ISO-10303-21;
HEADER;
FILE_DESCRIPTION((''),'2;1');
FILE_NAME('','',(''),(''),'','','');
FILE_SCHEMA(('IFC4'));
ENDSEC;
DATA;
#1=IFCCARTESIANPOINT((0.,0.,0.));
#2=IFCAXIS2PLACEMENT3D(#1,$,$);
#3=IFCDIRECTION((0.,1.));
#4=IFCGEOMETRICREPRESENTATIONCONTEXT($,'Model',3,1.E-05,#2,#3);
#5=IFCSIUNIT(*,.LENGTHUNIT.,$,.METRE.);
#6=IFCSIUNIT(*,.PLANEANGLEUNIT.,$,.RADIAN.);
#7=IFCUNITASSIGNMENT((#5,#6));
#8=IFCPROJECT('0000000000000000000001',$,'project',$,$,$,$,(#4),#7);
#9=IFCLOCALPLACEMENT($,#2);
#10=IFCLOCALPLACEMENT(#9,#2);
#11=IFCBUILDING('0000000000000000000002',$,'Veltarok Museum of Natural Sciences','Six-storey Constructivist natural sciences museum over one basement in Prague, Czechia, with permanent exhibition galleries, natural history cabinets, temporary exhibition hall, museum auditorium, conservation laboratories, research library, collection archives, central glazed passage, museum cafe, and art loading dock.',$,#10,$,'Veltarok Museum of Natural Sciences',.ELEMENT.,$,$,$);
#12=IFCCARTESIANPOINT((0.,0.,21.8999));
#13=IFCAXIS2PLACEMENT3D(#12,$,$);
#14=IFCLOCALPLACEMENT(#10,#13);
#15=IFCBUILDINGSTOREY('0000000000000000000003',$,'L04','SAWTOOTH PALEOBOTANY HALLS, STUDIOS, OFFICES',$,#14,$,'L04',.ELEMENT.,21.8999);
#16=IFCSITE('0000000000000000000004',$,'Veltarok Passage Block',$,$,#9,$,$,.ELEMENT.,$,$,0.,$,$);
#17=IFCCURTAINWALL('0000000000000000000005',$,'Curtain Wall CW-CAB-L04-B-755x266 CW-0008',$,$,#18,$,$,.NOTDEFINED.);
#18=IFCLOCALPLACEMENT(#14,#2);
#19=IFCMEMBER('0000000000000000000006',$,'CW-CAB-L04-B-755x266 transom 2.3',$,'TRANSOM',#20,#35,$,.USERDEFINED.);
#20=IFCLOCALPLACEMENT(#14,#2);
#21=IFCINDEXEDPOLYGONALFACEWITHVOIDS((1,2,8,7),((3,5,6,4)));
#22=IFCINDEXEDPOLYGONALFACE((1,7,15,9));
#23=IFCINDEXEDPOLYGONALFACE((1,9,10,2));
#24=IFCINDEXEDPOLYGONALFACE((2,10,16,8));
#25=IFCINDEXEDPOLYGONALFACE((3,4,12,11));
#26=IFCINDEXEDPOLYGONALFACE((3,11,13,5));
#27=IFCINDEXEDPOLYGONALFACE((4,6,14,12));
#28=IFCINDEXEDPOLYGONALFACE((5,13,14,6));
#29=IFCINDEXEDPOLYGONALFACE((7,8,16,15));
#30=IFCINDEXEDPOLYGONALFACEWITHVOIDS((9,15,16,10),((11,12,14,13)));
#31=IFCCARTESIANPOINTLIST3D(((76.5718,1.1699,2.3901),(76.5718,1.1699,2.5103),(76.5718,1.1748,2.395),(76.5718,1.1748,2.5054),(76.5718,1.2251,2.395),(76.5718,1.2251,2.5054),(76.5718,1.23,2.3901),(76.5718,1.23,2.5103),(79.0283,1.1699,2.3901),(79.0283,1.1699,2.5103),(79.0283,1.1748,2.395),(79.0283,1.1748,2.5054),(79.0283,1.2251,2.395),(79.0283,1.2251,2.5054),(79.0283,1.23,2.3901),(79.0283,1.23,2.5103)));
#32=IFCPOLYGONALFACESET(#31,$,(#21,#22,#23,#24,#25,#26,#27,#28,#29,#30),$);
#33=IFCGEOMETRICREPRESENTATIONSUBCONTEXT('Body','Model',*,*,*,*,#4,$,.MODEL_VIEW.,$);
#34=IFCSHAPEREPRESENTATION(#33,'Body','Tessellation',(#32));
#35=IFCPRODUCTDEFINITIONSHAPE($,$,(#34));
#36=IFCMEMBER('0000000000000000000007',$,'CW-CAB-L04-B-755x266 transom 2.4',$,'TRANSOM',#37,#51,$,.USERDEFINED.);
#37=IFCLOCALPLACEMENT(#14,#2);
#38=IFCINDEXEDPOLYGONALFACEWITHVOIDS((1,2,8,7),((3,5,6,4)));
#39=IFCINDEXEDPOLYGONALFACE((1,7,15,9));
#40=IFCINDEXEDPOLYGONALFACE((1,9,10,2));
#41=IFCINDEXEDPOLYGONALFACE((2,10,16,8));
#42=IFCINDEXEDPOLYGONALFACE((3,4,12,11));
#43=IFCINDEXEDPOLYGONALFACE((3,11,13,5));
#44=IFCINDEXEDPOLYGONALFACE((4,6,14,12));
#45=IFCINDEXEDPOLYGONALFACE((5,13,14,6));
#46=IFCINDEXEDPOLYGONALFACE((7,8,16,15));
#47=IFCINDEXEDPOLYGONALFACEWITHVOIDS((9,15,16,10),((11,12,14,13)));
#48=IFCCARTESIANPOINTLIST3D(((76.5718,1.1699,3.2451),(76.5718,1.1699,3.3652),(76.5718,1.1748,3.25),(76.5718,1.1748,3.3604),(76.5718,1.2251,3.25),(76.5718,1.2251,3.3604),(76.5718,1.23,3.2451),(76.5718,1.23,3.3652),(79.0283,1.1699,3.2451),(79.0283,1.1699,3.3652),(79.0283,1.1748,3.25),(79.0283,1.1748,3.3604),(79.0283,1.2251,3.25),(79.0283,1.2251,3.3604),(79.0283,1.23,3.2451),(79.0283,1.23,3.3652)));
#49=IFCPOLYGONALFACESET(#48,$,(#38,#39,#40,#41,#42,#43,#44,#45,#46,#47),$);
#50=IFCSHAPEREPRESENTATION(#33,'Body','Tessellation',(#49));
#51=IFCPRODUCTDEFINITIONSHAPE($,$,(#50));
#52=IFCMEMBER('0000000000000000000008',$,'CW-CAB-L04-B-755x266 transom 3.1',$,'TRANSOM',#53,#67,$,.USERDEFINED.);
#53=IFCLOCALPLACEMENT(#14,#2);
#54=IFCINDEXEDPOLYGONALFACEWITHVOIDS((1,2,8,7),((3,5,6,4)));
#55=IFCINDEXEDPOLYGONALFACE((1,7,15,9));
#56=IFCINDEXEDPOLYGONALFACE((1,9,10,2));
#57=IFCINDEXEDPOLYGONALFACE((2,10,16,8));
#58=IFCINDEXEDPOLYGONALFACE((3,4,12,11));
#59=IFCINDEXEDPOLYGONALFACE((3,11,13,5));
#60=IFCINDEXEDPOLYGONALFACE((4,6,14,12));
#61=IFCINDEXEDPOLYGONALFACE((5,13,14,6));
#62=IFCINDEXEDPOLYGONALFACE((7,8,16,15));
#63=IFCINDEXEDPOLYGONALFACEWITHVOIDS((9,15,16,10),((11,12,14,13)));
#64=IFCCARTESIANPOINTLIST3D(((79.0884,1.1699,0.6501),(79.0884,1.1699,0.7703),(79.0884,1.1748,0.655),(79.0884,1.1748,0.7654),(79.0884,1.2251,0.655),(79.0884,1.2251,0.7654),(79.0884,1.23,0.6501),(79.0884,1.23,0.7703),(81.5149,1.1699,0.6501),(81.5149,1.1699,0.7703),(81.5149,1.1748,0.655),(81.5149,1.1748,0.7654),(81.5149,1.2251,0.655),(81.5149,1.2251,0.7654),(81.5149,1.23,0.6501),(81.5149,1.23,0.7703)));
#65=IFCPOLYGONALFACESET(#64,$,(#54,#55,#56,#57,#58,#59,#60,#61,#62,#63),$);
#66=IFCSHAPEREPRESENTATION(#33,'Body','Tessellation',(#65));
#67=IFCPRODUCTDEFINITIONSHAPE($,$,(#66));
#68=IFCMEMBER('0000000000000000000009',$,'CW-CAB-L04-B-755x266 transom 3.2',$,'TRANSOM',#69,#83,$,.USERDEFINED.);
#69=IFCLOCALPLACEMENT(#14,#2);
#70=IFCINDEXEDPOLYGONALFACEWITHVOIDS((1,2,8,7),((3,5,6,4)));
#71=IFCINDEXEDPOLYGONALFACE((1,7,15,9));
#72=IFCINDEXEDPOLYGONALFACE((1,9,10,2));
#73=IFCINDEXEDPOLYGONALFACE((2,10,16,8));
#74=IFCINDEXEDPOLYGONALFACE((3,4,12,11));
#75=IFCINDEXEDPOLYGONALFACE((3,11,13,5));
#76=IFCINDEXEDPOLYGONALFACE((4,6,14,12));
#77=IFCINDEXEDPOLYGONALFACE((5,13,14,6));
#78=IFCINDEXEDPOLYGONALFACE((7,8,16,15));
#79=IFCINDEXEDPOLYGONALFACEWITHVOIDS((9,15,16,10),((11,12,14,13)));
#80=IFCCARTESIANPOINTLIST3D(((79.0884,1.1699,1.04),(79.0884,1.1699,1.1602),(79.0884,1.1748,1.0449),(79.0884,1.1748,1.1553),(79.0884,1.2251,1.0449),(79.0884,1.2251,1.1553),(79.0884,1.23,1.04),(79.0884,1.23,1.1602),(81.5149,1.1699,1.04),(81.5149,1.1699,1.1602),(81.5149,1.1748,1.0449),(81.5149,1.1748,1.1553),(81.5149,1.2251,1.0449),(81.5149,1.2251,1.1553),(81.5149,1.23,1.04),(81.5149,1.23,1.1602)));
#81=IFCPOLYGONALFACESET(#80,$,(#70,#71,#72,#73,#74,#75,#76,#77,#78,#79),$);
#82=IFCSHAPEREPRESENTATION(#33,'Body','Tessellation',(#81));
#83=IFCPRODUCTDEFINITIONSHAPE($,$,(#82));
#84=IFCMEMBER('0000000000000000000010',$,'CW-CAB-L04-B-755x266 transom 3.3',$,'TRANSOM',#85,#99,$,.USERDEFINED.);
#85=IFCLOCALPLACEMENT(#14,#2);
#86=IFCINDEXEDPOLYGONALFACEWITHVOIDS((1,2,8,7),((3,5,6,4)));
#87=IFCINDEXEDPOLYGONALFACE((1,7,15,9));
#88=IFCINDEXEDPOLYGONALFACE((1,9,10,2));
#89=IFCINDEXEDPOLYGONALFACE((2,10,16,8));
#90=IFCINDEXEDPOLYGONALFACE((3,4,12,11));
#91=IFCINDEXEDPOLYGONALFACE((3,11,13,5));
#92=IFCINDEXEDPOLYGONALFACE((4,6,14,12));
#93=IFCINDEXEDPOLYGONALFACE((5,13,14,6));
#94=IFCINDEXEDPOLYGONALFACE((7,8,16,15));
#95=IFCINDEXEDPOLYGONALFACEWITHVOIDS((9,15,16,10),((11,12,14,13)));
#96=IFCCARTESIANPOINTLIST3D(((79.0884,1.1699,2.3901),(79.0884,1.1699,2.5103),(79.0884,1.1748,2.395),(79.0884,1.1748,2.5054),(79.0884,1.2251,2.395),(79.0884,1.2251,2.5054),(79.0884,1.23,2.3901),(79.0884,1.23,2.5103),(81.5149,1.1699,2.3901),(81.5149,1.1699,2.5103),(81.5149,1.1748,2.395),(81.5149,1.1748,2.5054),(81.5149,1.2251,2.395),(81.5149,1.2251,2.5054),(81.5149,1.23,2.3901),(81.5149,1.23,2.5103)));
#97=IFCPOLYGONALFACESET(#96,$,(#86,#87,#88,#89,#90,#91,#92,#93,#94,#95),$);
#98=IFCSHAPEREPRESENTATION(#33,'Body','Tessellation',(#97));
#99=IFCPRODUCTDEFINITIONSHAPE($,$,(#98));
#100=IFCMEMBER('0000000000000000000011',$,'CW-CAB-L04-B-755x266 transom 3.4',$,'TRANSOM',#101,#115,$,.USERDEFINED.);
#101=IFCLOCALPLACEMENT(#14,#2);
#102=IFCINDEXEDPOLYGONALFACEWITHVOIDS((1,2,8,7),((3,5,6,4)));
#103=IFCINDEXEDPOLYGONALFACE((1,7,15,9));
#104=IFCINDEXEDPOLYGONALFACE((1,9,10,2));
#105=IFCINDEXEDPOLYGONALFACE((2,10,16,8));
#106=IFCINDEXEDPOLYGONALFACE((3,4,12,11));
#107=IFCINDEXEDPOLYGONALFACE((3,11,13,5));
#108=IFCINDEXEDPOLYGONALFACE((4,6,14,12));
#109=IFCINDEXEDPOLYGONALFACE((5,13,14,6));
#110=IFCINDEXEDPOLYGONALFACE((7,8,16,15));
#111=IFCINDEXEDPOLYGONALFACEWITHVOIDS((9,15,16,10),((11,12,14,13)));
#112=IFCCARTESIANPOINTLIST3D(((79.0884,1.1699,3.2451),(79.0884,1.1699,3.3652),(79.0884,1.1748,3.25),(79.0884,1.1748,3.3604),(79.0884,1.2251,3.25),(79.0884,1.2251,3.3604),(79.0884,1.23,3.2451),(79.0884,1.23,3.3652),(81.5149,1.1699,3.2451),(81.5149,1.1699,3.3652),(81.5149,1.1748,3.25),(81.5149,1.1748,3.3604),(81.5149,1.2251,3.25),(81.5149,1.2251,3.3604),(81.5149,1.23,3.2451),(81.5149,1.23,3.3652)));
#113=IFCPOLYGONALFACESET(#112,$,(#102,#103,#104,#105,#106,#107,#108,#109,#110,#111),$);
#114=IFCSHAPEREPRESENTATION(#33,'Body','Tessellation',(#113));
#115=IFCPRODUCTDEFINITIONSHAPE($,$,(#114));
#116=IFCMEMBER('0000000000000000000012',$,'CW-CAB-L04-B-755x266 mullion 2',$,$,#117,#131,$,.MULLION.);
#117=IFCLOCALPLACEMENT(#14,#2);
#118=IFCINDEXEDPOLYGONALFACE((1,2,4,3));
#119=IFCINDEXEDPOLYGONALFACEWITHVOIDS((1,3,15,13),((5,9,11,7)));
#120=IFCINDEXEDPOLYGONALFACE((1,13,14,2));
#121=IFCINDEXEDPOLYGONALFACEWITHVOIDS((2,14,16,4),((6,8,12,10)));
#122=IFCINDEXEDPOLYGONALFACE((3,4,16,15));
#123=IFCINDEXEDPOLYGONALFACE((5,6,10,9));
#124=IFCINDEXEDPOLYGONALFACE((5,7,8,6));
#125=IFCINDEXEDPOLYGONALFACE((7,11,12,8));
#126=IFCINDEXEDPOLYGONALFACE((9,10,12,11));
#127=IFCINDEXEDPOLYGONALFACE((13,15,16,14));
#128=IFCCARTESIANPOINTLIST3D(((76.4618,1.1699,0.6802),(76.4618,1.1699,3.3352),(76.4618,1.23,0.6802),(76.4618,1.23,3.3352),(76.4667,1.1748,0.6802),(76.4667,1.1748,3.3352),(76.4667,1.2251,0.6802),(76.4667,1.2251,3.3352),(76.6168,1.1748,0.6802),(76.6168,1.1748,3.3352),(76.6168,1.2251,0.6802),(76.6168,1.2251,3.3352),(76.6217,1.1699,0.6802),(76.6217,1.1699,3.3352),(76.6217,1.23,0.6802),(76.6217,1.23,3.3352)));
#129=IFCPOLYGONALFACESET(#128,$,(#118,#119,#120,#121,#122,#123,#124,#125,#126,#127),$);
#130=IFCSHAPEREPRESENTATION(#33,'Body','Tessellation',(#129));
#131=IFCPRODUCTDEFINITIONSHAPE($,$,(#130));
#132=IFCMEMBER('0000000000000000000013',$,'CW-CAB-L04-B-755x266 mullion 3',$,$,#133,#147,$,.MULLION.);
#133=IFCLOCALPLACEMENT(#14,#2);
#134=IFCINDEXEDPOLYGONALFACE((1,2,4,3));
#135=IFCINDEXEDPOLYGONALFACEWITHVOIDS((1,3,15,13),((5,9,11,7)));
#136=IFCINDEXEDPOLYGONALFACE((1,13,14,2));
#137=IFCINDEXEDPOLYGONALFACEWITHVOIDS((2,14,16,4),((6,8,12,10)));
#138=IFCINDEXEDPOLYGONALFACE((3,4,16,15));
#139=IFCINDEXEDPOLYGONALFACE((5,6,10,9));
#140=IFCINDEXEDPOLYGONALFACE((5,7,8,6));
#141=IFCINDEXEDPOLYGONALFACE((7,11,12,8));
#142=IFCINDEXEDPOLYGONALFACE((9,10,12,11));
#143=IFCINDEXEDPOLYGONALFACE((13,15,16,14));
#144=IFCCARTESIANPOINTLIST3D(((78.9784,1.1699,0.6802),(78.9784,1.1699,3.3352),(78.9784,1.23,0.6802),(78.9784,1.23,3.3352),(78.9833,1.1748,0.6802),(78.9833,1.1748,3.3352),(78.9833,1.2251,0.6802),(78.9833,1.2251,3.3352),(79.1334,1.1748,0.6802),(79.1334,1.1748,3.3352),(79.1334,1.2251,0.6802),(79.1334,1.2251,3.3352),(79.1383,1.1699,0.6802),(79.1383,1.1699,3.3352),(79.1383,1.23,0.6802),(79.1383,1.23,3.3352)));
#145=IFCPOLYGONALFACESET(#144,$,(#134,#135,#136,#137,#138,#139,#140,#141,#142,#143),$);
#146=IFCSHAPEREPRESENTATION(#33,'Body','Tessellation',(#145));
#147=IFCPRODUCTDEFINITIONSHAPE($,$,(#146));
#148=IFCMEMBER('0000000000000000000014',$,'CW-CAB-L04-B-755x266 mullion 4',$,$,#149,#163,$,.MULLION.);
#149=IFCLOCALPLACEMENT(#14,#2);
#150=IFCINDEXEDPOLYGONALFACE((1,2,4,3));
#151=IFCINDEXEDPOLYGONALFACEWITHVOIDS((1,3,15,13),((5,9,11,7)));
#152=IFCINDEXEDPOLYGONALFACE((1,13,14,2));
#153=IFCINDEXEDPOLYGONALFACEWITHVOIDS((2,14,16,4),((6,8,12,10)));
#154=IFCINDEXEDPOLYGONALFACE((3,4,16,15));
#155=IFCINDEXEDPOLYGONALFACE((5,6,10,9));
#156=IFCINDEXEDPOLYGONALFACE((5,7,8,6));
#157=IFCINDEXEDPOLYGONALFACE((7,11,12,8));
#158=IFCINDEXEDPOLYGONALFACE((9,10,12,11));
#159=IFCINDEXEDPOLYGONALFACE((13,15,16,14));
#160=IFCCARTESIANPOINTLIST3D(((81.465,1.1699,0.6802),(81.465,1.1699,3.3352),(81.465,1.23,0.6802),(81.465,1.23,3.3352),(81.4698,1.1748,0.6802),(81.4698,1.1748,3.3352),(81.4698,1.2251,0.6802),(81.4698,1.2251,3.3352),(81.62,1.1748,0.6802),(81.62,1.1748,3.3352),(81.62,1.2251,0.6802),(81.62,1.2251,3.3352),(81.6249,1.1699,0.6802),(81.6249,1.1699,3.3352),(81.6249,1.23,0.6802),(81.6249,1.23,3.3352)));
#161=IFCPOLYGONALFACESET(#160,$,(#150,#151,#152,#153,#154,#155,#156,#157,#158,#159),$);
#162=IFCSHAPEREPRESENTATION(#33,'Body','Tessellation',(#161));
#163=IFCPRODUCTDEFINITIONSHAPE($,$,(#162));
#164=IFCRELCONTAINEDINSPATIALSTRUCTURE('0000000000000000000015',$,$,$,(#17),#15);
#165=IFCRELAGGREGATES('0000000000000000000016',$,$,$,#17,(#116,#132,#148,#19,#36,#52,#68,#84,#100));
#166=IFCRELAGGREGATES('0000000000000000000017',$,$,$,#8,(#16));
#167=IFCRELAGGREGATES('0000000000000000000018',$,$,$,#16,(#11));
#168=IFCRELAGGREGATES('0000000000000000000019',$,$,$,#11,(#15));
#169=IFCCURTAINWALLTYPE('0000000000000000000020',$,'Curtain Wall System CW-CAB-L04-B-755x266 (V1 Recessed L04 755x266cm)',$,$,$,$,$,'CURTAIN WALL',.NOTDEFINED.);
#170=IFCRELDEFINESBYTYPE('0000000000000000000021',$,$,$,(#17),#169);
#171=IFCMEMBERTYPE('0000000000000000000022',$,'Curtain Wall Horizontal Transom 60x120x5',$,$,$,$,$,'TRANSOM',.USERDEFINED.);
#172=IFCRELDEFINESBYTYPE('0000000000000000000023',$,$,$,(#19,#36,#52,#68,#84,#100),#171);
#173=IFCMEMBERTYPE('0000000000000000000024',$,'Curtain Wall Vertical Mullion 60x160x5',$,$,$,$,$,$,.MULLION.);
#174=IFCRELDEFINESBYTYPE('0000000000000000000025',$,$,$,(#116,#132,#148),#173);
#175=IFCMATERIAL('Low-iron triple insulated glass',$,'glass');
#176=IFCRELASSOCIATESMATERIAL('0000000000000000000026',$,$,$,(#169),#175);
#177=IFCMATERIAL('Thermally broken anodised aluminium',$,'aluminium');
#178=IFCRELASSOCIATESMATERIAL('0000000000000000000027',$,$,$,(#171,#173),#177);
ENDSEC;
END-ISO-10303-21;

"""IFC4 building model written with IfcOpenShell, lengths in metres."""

from ifc_helpers import new_model, si_unit, direction, frame, origin, origin_2d, place, context, subcontext, project, spatial, hollow_rectangle, extrude, material, material_profile, profile_set, type_object, element, aggregate, save


model = new_model("IFC4")

# Units and contexts
model_context = context("Model", 3, precision=1e-05, world=origin(), true_north=direction((0.0, 1.0)))
body_context = subcontext(model_context, "Body", "Model", "MODEL_VIEW")
ifc_project = project(units=[si_unit("LENGTHUNIT", "METRE"), si_unit("PLANEANGLEUNIT", "RADIAN")], contexts=[model_context])

# Site, building, storey
site_placement = place(None, origin())
site = spatial("IfcSite", under=ifc_project, at=site_placement, Name="Veltarok Passage Block", CompositionType="ELEMENT", RefElevation=0.0)
building_placement = place(site_placement, origin())
building = spatial("IfcBuilding", under=site, at=building_placement, Name="Veltarok Museum of Natural Sciences", Description="Six-storey Constructivist natural sciences museum over one basement in Prague, Czechia, with permanent exhibition galleries, natural history cabinets, temporary exhibition hall, museum auditorium, conservation laboratories, research library, collection archives, central glazed passage, museum cafe, and art loading dock.", LongName="Veltarok Museum of Natural Sciences", CompositionType="ELEMENT")
storey_placement = place(building_placement, frame((0.0, 0.0, 21.8999)))
storey = spatial("IfcBuildingStorey", under=building, at=storey_placement, Name="L04", Description="SAWTOOTH PALEOBOTANY HALLS, STUDIOS, OFFICES", LongName="L04", CompositionType="ELEMENT", Elevation=21.8999)

# Curtain wall, members
ifc_material_1 = material(Name="Low-iron triple insulated glass", Category="glass")
curtain_wall_type = type_object("IfcCurtainWallType", Name="Curtain Wall System CW-CAB-L04-B-755x266 (V1 Recessed L04 755x266cm)", ElementType="CURTAIN WALL", PredefinedType="NOTDEFINED", material=ifc_material_1)
curtain_wall_placement = place(storey_placement, origin())
curtain_wall = element("IfcCurtainWall", 1, at=curtain_wall_placement, inside=storey, type_object=curtain_wall_type, Name="Curtain Wall CW-CAB-L04-B-755x266 CW-0008", PredefinedType="NOTDEFINED")
ifc_material_2 = material(Name="Thermally broken anodised aluminium", Category="aluminium")
ifc_material_profile_1 = material_profile(ifc_material_2, hollow_rectangle(XDim=0.0601, YDim=0.1201, WallThickness=0.0049, at=origin_2d()), Name="CW TRANSOM 60x120x5")
ifc_profile_set_1 = profile_set([ifc_material_profile_1], Name="Thermally broken anodised aluminium")
member_type_1 = type_object("IfcMemberType", Name="Curtain Wall Horizontal Transom 60x120x5", ElementType="TRANSOM", PredefinedType="USERDEFINED", material=ifc_profile_set_1)
member_1_placement = place(storey_placement, frame((76.5718, 1.2, 2.4502), z_axis=(1.0, 0.0, 0.0), x_axis=(0.0, 1.0, 0.0)))
member_1 = element("IfcMember", 2, at=member_1_placement, type_object=member_type_1, Name="CW-CAB-L04-B-755x266 transom 2.3", ObjectType="TRANSOM", PredefinedType="USERDEFINED", context=body_context, shape_type="SweptSolid", body=[
    extrude(hollow_rectangle(XDim=0.0601, YDim=0.1201, WallThickness=0.0049, at=origin_2d()), origin(), (0.0, 0.0, 1.0), 2.4565),
])
member_2_placement = place(storey_placement, frame((76.5718, 1.2, 3.3052), z_axis=(1.0, 0.0, 0.0), x_axis=(0.0, 1.0, 0.0)))
member_2 = element("IfcMember", 3, at=member_2_placement, type_object=member_type_1, Name="CW-CAB-L04-B-755x266 transom 2.4", ObjectType="TRANSOM", PredefinedType="USERDEFINED", context=body_context, shape_type="SweptSolid", body=[
    extrude(hollow_rectangle(XDim=0.0601, YDim=0.1201, WallThickness=0.0049, at=origin_2d()), origin(), (0.0, 0.0, 1.0), 2.4565),
])
member_3_placement = place(storey_placement, frame((79.0884, 1.2, 0.7102), z_axis=(1.0, 0.0, 0.0), x_axis=(0.0, 1.0, 0.0)))
member_3 = element("IfcMember", 4, at=member_3_placement, type_object=member_type_1, Name="CW-CAB-L04-B-755x266 transom 3.1", ObjectType="TRANSOM", PredefinedType="USERDEFINED", context=body_context, shape_type="SweptSolid", body=[
    extrude(hollow_rectangle(XDim=0.0601, YDim=0.1201, WallThickness=0.0049, at=origin_2d()), origin(), (0.0, 0.0, 1.0), 2.4265),
])
member_4_placement = place(storey_placement, frame((79.0884, 1.2, 1.1001), z_axis=(1.0, 0.0, 0.0), x_axis=(0.0, 1.0, 0.0)))
member_4 = element("IfcMember", 5, at=member_4_placement, type_object=member_type_1, Name="CW-CAB-L04-B-755x266 transom 3.2", ObjectType="TRANSOM", PredefinedType="USERDEFINED", context=body_context, shape_type="SweptSolid", body=[
    extrude(hollow_rectangle(XDim=0.0601, YDim=0.1201, WallThickness=0.0049, at=origin_2d()), origin(), (0.0, 0.0, 1.0), 2.4265),
])
member_5_placement = place(storey_placement, frame((79.0884, 1.2, 2.4502), z_axis=(1.0, 0.0, 0.0), x_axis=(0.0, 1.0, 0.0)))
member_5 = element("IfcMember", 6, at=member_5_placement, type_object=member_type_1, Name="CW-CAB-L04-B-755x266 transom 3.3", ObjectType="TRANSOM", PredefinedType="USERDEFINED", context=body_context, shape_type="SweptSolid", body=[
    extrude(hollow_rectangle(XDim=0.0601, YDim=0.1201, WallThickness=0.0049, at=origin_2d()), origin(), (0.0, 0.0, 1.0), 2.4265),
])
member_6_placement = place(storey_placement, frame((79.0884, 1.2, 3.3052), z_axis=(1.0, 0.0, 0.0), x_axis=(0.0, 1.0, 0.0)))
member_6 = element("IfcMember", 7, at=member_6_placement, type_object=member_type_1, Name="CW-CAB-L04-B-755x266 transom 3.4", ObjectType="TRANSOM", PredefinedType="USERDEFINED", context=body_context, shape_type="SweptSolid", body=[
    extrude(hollow_rectangle(XDim=0.0601, YDim=0.1201, WallThickness=0.0049, at=origin_2d()), origin(), (0.0, 0.0, 1.0), 2.4265),
])
ifc_material_profile_2 = material_profile(ifc_material_2, hollow_rectangle(XDim=0.0601, YDim=0.1599, WallThickness=0.0049, at=origin_2d()), Name="CW MULLION 60x160x5")
ifc_profile_set_2 = profile_set([ifc_material_profile_2], Name="Thermally broken anodised aluminium")
member_type_2 = type_object("IfcMemberType", Name="Curtain Wall Vertical Mullion 60x160x5", PredefinedType="MULLION", material=ifc_profile_set_2)
member_7_placement = place(storey_placement, frame((76.5417, 1.2, 0.6802), z_axis=(0.0, 0.0, 1.0), x_axis=(0.0, 1.0, 0.0)))
member_7 = element("IfcMember", 8, at=member_7_placement, type_object=member_type_2, Name="CW-CAB-L04-B-755x266 mullion 2", PredefinedType="MULLION", context=body_context, shape_type="SweptSolid", body=[
    extrude(hollow_rectangle(XDim=0.0601, YDim=0.1599, WallThickness=0.0049, at=origin_2d()), origin(), (0.0, 0.0, 1.0), 2.655),
])
member_8_placement = place(storey_placement, frame((79.0583, 1.2, 0.6802), z_axis=(0.0, 0.0, 1.0), x_axis=(0.0, 1.0, 0.0)))
member_8 = element("IfcMember", 9, at=member_8_placement, type_object=member_type_2, Name="CW-CAB-L04-B-755x266 mullion 3", PredefinedType="MULLION", context=body_context, shape_type="SweptSolid", body=[
    extrude(hollow_rectangle(XDim=0.0601, YDim=0.1599, WallThickness=0.0049, at=origin_2d()), origin(), (0.0, 0.0, 1.0), 2.655),
])
member_9_placement = place(storey_placement, frame((81.5449, 1.2, 0.6802), z_axis=(0.0, 0.0, 1.0), x_axis=(0.0, 1.0, 0.0)))
member_9 = element("IfcMember", 10, at=member_9_placement, type_object=member_type_2, Name="CW-CAB-L04-B-755x266 mullion 4", PredefinedType="MULLION", context=body_context, shape_type="SweptSolid", body=[
    extrude(hollow_rectangle(XDim=0.0601, YDim=0.1599, WallThickness=0.0049, at=origin_2d()), origin(), (0.0, 0.0, 1.0), 2.655),
])

aggregate(curtain_wall, [member_7, member_8, member_9, member_1, member_2, member_3, member_4, member_5, member_6])

save(model, "model.ifc")
